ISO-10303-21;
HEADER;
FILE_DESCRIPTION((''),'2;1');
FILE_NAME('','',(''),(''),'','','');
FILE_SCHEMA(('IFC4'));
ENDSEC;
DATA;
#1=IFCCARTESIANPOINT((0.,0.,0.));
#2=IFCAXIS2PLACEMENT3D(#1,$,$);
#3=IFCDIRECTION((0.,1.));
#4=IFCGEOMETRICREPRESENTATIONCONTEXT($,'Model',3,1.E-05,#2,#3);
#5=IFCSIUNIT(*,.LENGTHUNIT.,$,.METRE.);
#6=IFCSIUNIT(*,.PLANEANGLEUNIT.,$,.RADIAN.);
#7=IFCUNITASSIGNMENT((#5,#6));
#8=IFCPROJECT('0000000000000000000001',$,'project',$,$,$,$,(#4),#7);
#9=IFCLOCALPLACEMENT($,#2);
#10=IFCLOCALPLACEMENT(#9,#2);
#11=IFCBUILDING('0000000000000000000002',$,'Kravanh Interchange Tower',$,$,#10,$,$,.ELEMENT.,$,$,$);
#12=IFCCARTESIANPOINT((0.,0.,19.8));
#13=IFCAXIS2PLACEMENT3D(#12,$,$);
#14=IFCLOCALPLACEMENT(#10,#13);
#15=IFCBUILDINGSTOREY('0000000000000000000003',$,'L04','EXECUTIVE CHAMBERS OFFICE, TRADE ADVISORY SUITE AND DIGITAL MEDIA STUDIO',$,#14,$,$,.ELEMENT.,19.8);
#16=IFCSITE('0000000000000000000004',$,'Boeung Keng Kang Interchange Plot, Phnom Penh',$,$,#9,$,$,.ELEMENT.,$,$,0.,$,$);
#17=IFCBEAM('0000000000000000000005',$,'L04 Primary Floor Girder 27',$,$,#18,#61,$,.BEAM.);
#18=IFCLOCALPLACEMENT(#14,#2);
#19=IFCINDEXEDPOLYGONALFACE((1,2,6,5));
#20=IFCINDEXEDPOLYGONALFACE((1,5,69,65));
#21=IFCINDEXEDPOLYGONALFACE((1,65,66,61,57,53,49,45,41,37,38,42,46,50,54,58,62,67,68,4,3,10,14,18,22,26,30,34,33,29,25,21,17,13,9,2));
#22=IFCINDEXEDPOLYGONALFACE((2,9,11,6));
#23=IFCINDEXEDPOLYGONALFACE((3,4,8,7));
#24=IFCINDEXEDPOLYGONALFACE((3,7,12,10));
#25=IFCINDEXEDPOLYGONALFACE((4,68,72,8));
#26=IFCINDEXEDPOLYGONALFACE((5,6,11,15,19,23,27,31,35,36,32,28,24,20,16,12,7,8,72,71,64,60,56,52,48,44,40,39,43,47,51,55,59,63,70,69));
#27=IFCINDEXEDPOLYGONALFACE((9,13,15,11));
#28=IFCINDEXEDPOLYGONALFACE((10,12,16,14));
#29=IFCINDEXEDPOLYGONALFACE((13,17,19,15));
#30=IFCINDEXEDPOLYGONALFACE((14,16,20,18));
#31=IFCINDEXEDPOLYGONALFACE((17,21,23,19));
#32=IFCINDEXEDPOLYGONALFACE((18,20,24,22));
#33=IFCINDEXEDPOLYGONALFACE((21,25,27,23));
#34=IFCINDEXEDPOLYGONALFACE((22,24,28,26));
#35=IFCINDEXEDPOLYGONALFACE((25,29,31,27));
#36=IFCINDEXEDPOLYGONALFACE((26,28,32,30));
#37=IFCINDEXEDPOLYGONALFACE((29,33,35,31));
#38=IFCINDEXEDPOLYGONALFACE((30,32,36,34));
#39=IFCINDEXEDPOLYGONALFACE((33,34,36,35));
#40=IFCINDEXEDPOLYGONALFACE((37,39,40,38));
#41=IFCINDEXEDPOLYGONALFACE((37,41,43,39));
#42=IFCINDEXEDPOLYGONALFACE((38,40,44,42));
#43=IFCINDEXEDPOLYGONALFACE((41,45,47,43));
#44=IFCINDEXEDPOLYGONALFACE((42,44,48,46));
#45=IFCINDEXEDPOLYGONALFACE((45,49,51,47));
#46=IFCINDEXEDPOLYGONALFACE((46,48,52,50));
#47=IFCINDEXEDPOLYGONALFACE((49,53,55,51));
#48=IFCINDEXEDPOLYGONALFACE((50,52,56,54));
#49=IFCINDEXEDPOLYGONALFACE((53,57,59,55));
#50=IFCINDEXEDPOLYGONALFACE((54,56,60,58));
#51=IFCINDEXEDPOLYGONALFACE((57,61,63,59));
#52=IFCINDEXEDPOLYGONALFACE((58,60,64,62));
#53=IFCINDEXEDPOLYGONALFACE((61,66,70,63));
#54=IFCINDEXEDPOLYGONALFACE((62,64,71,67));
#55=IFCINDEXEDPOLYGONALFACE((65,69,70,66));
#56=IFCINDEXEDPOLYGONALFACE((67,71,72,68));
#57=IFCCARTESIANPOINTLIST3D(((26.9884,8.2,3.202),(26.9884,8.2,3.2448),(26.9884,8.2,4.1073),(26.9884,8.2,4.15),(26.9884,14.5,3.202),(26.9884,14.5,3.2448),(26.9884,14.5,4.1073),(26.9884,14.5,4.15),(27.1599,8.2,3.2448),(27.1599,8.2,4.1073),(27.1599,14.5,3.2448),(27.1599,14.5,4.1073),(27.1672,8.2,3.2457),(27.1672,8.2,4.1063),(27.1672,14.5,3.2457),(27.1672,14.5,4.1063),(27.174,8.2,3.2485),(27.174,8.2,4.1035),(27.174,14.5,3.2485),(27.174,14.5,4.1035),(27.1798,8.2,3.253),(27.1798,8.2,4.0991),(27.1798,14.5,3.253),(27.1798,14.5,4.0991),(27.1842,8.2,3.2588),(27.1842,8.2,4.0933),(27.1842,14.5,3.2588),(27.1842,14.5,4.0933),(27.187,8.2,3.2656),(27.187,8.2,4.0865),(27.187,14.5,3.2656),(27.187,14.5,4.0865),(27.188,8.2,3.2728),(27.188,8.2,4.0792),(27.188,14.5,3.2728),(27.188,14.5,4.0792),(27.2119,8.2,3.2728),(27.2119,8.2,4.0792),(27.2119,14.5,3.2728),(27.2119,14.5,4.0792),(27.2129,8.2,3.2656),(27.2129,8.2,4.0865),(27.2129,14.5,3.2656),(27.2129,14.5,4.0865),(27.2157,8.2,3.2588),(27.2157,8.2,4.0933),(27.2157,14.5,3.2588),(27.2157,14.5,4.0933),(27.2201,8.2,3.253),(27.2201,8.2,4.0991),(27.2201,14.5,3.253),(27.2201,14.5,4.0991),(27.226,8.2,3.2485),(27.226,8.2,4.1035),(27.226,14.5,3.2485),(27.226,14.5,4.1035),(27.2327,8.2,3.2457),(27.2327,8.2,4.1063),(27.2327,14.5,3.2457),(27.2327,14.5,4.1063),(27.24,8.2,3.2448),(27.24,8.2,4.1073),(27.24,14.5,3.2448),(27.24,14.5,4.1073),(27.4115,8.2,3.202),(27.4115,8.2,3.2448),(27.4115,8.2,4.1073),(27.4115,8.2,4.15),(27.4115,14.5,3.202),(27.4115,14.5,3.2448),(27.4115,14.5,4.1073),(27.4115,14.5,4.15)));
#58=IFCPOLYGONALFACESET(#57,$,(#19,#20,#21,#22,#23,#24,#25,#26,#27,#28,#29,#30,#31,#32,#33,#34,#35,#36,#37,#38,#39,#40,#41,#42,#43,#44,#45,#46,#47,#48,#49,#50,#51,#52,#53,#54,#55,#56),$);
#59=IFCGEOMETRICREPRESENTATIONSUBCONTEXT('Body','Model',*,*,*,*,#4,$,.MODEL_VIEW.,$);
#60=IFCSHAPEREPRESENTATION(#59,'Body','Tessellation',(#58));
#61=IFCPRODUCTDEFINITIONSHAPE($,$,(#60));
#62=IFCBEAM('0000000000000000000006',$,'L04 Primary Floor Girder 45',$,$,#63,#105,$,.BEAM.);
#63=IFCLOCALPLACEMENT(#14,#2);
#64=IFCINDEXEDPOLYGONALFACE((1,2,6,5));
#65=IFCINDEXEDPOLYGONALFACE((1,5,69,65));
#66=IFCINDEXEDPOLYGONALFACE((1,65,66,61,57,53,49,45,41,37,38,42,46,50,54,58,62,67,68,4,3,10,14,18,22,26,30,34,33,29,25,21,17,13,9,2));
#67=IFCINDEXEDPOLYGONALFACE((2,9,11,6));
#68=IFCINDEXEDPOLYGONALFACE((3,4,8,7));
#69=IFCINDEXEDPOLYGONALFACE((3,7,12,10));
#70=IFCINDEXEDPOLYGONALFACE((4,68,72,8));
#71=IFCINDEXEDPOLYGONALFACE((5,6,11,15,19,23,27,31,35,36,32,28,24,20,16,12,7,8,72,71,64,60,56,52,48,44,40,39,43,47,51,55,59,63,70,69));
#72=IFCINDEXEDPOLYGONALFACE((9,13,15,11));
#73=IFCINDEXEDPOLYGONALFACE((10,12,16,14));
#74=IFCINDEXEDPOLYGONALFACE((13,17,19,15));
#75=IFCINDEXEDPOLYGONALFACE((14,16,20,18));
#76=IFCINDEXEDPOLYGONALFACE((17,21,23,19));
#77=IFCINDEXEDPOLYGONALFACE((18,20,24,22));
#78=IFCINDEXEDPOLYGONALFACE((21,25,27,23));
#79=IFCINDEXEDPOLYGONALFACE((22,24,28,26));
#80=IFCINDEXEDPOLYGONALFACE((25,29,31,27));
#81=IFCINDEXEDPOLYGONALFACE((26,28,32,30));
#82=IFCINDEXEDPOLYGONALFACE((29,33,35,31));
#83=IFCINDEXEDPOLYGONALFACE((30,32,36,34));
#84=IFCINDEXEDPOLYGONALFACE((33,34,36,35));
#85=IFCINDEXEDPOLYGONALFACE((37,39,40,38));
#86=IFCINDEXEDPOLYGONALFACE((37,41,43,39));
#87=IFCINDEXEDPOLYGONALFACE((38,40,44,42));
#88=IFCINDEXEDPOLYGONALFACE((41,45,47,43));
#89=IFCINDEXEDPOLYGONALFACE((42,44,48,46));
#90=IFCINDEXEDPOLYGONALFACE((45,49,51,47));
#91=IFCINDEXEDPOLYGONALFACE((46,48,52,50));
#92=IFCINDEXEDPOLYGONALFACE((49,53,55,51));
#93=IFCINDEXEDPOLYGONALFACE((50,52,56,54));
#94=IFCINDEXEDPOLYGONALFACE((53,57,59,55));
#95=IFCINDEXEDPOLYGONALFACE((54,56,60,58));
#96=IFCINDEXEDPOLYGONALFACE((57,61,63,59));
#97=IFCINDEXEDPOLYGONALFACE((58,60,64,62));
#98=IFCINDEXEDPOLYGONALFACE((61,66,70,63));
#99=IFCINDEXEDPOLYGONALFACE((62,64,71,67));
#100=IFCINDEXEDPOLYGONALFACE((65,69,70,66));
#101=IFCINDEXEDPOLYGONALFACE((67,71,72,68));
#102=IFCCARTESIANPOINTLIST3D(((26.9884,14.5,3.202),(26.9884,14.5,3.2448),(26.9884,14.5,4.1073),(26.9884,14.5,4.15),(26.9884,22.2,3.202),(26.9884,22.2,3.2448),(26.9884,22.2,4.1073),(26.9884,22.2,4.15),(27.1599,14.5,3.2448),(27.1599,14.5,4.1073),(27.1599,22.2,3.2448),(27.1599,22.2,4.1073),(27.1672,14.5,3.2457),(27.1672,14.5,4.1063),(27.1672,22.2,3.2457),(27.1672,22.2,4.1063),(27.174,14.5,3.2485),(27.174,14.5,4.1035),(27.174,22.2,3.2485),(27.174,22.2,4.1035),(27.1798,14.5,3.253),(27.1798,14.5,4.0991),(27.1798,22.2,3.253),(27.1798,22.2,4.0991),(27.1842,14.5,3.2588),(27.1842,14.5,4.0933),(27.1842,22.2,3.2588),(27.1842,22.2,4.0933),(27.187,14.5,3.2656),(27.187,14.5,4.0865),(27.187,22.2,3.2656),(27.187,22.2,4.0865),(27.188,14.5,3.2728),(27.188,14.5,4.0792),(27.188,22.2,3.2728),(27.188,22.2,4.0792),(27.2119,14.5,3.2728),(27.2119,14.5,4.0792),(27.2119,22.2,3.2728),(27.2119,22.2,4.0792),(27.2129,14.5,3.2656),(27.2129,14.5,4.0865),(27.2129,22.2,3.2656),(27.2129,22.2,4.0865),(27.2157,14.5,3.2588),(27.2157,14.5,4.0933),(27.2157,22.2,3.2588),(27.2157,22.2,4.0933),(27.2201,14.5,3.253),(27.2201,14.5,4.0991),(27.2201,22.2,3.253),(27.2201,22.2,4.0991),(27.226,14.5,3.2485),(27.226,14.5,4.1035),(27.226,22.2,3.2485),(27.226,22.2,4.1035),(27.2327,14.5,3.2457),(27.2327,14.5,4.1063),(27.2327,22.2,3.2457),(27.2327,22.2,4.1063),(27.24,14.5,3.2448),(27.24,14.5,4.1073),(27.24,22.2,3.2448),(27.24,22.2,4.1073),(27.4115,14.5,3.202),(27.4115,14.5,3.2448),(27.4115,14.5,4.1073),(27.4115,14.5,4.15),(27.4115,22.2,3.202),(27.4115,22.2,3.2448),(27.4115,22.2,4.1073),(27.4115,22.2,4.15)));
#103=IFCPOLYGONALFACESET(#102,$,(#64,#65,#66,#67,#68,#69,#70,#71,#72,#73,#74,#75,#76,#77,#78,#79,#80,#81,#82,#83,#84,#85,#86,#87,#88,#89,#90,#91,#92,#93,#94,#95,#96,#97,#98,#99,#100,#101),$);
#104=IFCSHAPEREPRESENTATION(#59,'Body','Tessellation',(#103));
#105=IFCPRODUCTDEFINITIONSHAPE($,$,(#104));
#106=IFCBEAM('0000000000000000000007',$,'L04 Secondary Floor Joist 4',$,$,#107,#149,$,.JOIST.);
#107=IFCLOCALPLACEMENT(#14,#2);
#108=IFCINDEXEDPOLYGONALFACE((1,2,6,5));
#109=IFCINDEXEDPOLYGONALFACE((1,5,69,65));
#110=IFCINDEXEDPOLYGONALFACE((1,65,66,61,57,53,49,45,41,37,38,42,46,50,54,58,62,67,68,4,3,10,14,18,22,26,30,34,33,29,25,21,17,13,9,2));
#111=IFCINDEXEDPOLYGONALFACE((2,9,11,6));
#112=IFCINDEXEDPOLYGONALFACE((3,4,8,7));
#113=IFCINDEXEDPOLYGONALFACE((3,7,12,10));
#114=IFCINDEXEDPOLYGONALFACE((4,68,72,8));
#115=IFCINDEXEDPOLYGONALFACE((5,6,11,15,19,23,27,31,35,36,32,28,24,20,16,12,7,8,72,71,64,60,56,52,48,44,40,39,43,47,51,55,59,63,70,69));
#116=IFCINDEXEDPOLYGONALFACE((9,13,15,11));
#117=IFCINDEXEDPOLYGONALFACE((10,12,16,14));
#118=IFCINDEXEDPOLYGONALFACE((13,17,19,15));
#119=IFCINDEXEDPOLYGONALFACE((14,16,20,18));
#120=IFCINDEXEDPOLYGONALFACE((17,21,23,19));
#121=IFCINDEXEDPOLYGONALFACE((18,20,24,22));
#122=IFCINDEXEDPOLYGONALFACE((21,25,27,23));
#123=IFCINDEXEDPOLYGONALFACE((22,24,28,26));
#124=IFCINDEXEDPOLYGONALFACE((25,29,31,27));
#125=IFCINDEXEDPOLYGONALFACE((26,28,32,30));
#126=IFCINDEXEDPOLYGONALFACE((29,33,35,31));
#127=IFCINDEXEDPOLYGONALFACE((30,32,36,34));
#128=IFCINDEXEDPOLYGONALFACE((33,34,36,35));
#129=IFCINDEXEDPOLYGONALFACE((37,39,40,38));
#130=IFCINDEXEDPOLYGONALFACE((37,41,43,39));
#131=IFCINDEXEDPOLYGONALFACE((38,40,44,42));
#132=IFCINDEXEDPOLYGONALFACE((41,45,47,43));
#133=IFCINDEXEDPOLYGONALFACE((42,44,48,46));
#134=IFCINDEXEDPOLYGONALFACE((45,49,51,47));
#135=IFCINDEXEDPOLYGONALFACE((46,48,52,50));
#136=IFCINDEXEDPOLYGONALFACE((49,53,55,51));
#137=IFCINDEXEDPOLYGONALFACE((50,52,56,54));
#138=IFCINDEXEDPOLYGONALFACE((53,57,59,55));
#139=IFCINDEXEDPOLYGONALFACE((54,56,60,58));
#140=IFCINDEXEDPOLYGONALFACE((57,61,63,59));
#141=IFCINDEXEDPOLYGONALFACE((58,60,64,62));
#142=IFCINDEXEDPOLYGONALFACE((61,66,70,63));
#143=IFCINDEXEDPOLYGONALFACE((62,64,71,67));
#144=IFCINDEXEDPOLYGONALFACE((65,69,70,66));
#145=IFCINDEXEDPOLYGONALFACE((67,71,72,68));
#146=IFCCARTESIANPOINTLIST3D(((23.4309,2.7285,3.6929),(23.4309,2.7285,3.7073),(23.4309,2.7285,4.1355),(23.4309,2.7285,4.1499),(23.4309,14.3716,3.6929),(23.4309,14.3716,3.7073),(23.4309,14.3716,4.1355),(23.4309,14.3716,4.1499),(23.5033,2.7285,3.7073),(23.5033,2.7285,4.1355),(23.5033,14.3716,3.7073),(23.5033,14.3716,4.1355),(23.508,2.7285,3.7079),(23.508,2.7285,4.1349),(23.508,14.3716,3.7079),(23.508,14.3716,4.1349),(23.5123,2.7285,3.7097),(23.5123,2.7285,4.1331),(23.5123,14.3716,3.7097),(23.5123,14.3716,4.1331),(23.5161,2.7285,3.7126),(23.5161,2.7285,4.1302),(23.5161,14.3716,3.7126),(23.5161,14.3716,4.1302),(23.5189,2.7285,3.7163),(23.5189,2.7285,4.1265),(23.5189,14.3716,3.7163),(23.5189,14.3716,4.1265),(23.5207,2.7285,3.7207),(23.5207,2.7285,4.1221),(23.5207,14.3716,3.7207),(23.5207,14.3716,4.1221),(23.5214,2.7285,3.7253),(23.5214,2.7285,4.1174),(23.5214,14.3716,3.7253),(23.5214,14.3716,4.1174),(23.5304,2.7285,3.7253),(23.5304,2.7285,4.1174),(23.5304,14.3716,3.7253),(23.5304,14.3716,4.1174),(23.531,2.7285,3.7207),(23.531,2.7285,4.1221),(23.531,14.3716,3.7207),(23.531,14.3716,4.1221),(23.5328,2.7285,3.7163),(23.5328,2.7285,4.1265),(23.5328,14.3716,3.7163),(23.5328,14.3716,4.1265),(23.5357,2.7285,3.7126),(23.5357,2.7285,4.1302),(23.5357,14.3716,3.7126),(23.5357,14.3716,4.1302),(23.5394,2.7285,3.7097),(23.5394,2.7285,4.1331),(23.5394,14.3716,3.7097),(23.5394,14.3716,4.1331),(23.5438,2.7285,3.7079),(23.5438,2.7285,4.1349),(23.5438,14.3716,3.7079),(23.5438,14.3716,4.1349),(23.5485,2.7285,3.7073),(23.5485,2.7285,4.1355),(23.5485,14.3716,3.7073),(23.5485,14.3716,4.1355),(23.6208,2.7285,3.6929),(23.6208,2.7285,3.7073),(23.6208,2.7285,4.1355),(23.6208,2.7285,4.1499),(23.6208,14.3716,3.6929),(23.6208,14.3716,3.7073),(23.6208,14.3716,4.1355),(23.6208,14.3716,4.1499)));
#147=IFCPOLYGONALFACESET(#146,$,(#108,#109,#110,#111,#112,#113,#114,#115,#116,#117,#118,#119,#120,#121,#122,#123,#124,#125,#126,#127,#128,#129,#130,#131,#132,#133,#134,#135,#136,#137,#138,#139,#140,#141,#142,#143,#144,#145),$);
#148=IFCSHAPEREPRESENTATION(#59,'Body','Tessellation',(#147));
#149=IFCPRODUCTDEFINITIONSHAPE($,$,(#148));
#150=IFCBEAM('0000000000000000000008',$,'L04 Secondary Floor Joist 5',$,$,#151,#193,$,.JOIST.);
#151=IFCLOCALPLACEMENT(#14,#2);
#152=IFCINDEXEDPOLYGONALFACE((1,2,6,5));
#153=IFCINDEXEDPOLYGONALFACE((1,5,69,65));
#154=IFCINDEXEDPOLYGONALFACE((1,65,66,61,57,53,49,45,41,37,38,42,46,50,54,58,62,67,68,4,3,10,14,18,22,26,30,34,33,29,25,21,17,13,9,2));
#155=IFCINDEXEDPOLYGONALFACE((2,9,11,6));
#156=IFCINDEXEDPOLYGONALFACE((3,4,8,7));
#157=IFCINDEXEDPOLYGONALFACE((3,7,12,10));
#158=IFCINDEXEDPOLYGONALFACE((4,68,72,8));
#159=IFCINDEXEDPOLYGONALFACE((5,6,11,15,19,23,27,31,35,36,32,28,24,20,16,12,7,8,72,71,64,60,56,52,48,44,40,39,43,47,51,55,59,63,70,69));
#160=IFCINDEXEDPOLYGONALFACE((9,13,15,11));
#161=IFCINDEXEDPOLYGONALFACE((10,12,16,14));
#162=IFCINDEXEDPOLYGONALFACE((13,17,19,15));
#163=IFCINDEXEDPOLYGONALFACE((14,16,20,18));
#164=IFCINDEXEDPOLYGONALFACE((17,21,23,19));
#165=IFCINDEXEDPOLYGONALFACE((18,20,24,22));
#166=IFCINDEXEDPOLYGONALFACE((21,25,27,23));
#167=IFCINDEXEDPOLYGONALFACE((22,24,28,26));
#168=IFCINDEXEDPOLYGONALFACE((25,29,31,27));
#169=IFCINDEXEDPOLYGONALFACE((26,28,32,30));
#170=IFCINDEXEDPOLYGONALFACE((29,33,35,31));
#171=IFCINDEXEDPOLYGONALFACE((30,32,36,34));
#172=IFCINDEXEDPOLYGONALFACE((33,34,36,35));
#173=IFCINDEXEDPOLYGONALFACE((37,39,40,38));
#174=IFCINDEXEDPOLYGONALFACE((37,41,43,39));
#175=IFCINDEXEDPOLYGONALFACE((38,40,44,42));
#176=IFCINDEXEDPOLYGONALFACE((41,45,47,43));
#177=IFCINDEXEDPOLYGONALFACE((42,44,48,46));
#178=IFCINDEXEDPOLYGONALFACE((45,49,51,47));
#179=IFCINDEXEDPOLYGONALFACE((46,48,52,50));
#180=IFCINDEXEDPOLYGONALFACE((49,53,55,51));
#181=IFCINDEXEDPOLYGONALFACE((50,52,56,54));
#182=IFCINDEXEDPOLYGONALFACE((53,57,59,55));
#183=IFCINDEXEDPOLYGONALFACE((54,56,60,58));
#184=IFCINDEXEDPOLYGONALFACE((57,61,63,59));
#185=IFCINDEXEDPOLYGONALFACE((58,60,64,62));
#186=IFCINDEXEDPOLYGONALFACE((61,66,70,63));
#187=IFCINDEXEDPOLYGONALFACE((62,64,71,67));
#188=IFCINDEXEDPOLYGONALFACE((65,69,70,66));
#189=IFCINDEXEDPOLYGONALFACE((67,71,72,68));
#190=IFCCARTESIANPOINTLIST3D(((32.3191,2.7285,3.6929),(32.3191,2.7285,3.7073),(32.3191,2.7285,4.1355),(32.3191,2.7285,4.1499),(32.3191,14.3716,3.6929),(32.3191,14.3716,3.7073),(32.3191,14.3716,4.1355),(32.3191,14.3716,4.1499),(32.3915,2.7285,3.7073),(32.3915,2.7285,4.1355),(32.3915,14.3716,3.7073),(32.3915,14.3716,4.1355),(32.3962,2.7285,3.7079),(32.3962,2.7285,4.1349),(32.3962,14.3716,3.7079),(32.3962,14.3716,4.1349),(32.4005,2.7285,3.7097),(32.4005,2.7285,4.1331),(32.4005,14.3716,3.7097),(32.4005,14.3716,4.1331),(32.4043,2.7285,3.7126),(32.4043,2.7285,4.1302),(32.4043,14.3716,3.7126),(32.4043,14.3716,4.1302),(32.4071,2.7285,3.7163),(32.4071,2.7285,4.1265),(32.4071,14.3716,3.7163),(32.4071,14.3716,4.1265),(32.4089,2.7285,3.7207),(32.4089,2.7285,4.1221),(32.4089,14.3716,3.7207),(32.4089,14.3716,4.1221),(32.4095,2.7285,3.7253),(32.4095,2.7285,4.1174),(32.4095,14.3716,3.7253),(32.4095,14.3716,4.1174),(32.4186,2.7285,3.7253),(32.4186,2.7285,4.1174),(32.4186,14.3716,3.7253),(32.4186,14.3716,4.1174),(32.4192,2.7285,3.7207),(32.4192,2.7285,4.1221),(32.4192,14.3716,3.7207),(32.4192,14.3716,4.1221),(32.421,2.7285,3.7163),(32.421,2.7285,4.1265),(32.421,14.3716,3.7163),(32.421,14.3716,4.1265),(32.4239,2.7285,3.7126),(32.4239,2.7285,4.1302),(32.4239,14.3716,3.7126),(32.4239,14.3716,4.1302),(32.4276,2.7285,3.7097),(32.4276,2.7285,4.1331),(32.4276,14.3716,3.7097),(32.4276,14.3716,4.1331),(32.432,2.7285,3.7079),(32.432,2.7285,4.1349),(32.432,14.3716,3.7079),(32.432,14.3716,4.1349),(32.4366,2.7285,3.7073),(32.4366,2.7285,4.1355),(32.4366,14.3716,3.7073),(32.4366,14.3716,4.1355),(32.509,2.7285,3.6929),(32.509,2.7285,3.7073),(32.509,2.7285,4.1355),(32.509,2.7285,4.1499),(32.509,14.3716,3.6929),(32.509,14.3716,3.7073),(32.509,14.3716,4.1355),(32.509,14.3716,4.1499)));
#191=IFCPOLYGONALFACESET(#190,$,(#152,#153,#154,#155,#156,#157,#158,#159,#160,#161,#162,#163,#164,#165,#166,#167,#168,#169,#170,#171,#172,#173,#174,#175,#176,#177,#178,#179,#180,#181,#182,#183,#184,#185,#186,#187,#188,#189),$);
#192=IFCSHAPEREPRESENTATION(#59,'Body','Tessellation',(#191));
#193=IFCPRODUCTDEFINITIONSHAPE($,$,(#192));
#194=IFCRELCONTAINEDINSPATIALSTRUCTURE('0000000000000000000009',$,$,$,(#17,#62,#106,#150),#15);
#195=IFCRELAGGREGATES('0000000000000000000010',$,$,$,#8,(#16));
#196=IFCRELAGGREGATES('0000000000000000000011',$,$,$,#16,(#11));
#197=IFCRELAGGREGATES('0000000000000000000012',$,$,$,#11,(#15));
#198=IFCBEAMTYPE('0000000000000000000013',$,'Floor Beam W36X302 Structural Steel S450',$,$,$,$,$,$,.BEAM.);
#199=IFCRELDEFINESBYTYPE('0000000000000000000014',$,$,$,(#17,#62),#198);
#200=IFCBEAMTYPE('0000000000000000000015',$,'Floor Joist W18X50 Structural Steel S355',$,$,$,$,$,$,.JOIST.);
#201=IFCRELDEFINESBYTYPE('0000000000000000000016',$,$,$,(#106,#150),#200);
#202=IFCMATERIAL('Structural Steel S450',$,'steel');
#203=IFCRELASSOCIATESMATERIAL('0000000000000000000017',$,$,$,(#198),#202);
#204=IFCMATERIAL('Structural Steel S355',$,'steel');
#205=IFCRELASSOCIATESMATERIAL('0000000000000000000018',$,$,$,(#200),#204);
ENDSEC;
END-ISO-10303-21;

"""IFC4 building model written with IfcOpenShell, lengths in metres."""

from ifc_helpers import new_model, si_unit, direction, frame, origin, origin_2d, place, context, subcontext, project, spatial, i_section, extrude, material, material_profile, profile_set, type_object, element, save


model = new_model("IFC4")

# Units and contexts
model_context = context("Model", 3, precision=1e-05, world=origin(), true_north=direction((0.0, 1.0)))
body_context = subcontext(model_context, "Body", "Model", "MODEL_VIEW")
ifc_project = project(units=[si_unit("LENGTHUNIT", "METRE"), si_unit("PLANEANGLEUNIT", "RADIAN")], contexts=[model_context])

# Site, building, storey
site_placement = place(None, origin())
site = spatial("IfcSite", under=ifc_project, at=site_placement, Name="Boeung Keng Kang Interchange Plot, Phnom Penh", CompositionType="ELEMENT", RefElevation=0.0)
building_placement = place(site_placement, origin())
building = spatial("IfcBuilding", under=site, at=building_placement, Name="Kravanh Interchange Tower", CompositionType="ELEMENT")
storey_placement = place(building_placement, frame((0.0, 0.0, 19.8)))
storey = spatial("IfcBuildingStorey", under=building, at=storey_placement, Name="L04", Description="EXECUTIVE CHAMBERS OFFICE, TRADE ADVISORY SUITE AND DIGITAL MEDIA STUDIO", CompositionType="ELEMENT", Elevation=19.8)

# Beams
ifc_material_1 = material(Name="Structural Steel S450", Category="steel")
ifc_material_profile_1 = material_profile(ifc_material_1, i_section(OverallWidth=0.4231, OverallDepth=0.948, WebThickness=0.0239, FlangeThickness=0.0427, FilletRadius=0.0281, at=origin_2d()), Name="W36X302")
ifc_profile_set_1 = profile_set([ifc_material_profile_1], Name="Structural Steel S450")
beam_type_1 = type_object("IfcBeamType", Name="Floor Beam W36X302 Structural Steel S450", PredefinedType="BEAM", material=ifc_profile_set_1)
beam_1_placement = place(storey_placement, frame((27.2, 8.2, 3.676), z_axis=(0.0, 1.0, 0.0), x_axis=(-1.0, 0.0, 0.0)))
element("IfcBeam", 1, at=beam_1_placement, inside=storey, type_object=beam_type_1, Name="L04 Primary Floor Girder 27", PredefinedType="BEAM", context=body_context, shape_type="SweptSolid", body=[
    extrude(i_section(OverallWidth=0.4231, OverallDepth=0.948, WebThickness=0.0239, FlangeThickness=0.0427, FilletRadius=0.0281, at=origin_2d()), origin(), (0.0, 0.0, 1.0), 6.3),
])
beam_2_placement = place(storey_placement, frame((27.2, 14.5, 3.676), z_axis=(0.0, 1.0, 0.0), x_axis=(-1.0, 0.0, 0.0)))
element("IfcBeam", 2, at=beam_2_placement, inside=storey, type_object=beam_type_1, Name="L04 Primary Floor Girder 45", PredefinedType="BEAM", context=body_context, shape_type="SweptSolid", body=[
    extrude(i_section(OverallWidth=0.4231, OverallDepth=0.948, WebThickness=0.0239, FlangeThickness=0.0427, FilletRadius=0.0281, at=origin_2d()), origin(), (0.0, 0.0, 1.0), 7.7),
])
ifc_material_2 = material(Name="Structural Steel S355", Category="steel")
ifc_material_profile_2 = material_profile(ifc_material_2, i_section(OverallWidth=0.1899, OverallDepth=0.457, WebThickness=0.009, FlangeThickness=0.0144, FilletRadius=0.0181, at=origin_2d()), Name="W18X50")
ifc_profile_set_2 = profile_set([ifc_material_profile_2], Name="Structural Steel S355")
beam_type_2 = type_object("IfcBeamType", Name="Floor Joist W18X50 Structural Steel S355", PredefinedType="JOIST", material=ifc_profile_set_2)
for number, where, z_axis, x_axis, name in (
    (3, (23.5259, 2.7285, 3.9214), (0.0, 1.0, 0.0), (-1.0, 0.0, 0.0), "L04 Secondary Floor Joist 4"),
    (4, (32.4141, 2.7285, 3.9214), (0.0, 1.0, 0.0), (-1.0, 0.0, 0.0), "L04 Secondary Floor Joist 5"),
):
    element("IfcBeam", number, at=place(storey_placement, frame(where, z_axis=z_axis, x_axis=x_axis)), inside=storey, type_object=beam_type_2, Name=name, PredefinedType="JOIST", context=body_context, shape_type="SweptSolid", body=[
        extrude(i_section(OverallWidth=0.1899, OverallDepth=0.457, WebThickness=0.009, FlangeThickness=0.0144, FilletRadius=0.0181, at=origin_2d()), origin(), (0.0, 0.0, 1.0), 11.6431),
    ])

save(model, "model.ifc")
